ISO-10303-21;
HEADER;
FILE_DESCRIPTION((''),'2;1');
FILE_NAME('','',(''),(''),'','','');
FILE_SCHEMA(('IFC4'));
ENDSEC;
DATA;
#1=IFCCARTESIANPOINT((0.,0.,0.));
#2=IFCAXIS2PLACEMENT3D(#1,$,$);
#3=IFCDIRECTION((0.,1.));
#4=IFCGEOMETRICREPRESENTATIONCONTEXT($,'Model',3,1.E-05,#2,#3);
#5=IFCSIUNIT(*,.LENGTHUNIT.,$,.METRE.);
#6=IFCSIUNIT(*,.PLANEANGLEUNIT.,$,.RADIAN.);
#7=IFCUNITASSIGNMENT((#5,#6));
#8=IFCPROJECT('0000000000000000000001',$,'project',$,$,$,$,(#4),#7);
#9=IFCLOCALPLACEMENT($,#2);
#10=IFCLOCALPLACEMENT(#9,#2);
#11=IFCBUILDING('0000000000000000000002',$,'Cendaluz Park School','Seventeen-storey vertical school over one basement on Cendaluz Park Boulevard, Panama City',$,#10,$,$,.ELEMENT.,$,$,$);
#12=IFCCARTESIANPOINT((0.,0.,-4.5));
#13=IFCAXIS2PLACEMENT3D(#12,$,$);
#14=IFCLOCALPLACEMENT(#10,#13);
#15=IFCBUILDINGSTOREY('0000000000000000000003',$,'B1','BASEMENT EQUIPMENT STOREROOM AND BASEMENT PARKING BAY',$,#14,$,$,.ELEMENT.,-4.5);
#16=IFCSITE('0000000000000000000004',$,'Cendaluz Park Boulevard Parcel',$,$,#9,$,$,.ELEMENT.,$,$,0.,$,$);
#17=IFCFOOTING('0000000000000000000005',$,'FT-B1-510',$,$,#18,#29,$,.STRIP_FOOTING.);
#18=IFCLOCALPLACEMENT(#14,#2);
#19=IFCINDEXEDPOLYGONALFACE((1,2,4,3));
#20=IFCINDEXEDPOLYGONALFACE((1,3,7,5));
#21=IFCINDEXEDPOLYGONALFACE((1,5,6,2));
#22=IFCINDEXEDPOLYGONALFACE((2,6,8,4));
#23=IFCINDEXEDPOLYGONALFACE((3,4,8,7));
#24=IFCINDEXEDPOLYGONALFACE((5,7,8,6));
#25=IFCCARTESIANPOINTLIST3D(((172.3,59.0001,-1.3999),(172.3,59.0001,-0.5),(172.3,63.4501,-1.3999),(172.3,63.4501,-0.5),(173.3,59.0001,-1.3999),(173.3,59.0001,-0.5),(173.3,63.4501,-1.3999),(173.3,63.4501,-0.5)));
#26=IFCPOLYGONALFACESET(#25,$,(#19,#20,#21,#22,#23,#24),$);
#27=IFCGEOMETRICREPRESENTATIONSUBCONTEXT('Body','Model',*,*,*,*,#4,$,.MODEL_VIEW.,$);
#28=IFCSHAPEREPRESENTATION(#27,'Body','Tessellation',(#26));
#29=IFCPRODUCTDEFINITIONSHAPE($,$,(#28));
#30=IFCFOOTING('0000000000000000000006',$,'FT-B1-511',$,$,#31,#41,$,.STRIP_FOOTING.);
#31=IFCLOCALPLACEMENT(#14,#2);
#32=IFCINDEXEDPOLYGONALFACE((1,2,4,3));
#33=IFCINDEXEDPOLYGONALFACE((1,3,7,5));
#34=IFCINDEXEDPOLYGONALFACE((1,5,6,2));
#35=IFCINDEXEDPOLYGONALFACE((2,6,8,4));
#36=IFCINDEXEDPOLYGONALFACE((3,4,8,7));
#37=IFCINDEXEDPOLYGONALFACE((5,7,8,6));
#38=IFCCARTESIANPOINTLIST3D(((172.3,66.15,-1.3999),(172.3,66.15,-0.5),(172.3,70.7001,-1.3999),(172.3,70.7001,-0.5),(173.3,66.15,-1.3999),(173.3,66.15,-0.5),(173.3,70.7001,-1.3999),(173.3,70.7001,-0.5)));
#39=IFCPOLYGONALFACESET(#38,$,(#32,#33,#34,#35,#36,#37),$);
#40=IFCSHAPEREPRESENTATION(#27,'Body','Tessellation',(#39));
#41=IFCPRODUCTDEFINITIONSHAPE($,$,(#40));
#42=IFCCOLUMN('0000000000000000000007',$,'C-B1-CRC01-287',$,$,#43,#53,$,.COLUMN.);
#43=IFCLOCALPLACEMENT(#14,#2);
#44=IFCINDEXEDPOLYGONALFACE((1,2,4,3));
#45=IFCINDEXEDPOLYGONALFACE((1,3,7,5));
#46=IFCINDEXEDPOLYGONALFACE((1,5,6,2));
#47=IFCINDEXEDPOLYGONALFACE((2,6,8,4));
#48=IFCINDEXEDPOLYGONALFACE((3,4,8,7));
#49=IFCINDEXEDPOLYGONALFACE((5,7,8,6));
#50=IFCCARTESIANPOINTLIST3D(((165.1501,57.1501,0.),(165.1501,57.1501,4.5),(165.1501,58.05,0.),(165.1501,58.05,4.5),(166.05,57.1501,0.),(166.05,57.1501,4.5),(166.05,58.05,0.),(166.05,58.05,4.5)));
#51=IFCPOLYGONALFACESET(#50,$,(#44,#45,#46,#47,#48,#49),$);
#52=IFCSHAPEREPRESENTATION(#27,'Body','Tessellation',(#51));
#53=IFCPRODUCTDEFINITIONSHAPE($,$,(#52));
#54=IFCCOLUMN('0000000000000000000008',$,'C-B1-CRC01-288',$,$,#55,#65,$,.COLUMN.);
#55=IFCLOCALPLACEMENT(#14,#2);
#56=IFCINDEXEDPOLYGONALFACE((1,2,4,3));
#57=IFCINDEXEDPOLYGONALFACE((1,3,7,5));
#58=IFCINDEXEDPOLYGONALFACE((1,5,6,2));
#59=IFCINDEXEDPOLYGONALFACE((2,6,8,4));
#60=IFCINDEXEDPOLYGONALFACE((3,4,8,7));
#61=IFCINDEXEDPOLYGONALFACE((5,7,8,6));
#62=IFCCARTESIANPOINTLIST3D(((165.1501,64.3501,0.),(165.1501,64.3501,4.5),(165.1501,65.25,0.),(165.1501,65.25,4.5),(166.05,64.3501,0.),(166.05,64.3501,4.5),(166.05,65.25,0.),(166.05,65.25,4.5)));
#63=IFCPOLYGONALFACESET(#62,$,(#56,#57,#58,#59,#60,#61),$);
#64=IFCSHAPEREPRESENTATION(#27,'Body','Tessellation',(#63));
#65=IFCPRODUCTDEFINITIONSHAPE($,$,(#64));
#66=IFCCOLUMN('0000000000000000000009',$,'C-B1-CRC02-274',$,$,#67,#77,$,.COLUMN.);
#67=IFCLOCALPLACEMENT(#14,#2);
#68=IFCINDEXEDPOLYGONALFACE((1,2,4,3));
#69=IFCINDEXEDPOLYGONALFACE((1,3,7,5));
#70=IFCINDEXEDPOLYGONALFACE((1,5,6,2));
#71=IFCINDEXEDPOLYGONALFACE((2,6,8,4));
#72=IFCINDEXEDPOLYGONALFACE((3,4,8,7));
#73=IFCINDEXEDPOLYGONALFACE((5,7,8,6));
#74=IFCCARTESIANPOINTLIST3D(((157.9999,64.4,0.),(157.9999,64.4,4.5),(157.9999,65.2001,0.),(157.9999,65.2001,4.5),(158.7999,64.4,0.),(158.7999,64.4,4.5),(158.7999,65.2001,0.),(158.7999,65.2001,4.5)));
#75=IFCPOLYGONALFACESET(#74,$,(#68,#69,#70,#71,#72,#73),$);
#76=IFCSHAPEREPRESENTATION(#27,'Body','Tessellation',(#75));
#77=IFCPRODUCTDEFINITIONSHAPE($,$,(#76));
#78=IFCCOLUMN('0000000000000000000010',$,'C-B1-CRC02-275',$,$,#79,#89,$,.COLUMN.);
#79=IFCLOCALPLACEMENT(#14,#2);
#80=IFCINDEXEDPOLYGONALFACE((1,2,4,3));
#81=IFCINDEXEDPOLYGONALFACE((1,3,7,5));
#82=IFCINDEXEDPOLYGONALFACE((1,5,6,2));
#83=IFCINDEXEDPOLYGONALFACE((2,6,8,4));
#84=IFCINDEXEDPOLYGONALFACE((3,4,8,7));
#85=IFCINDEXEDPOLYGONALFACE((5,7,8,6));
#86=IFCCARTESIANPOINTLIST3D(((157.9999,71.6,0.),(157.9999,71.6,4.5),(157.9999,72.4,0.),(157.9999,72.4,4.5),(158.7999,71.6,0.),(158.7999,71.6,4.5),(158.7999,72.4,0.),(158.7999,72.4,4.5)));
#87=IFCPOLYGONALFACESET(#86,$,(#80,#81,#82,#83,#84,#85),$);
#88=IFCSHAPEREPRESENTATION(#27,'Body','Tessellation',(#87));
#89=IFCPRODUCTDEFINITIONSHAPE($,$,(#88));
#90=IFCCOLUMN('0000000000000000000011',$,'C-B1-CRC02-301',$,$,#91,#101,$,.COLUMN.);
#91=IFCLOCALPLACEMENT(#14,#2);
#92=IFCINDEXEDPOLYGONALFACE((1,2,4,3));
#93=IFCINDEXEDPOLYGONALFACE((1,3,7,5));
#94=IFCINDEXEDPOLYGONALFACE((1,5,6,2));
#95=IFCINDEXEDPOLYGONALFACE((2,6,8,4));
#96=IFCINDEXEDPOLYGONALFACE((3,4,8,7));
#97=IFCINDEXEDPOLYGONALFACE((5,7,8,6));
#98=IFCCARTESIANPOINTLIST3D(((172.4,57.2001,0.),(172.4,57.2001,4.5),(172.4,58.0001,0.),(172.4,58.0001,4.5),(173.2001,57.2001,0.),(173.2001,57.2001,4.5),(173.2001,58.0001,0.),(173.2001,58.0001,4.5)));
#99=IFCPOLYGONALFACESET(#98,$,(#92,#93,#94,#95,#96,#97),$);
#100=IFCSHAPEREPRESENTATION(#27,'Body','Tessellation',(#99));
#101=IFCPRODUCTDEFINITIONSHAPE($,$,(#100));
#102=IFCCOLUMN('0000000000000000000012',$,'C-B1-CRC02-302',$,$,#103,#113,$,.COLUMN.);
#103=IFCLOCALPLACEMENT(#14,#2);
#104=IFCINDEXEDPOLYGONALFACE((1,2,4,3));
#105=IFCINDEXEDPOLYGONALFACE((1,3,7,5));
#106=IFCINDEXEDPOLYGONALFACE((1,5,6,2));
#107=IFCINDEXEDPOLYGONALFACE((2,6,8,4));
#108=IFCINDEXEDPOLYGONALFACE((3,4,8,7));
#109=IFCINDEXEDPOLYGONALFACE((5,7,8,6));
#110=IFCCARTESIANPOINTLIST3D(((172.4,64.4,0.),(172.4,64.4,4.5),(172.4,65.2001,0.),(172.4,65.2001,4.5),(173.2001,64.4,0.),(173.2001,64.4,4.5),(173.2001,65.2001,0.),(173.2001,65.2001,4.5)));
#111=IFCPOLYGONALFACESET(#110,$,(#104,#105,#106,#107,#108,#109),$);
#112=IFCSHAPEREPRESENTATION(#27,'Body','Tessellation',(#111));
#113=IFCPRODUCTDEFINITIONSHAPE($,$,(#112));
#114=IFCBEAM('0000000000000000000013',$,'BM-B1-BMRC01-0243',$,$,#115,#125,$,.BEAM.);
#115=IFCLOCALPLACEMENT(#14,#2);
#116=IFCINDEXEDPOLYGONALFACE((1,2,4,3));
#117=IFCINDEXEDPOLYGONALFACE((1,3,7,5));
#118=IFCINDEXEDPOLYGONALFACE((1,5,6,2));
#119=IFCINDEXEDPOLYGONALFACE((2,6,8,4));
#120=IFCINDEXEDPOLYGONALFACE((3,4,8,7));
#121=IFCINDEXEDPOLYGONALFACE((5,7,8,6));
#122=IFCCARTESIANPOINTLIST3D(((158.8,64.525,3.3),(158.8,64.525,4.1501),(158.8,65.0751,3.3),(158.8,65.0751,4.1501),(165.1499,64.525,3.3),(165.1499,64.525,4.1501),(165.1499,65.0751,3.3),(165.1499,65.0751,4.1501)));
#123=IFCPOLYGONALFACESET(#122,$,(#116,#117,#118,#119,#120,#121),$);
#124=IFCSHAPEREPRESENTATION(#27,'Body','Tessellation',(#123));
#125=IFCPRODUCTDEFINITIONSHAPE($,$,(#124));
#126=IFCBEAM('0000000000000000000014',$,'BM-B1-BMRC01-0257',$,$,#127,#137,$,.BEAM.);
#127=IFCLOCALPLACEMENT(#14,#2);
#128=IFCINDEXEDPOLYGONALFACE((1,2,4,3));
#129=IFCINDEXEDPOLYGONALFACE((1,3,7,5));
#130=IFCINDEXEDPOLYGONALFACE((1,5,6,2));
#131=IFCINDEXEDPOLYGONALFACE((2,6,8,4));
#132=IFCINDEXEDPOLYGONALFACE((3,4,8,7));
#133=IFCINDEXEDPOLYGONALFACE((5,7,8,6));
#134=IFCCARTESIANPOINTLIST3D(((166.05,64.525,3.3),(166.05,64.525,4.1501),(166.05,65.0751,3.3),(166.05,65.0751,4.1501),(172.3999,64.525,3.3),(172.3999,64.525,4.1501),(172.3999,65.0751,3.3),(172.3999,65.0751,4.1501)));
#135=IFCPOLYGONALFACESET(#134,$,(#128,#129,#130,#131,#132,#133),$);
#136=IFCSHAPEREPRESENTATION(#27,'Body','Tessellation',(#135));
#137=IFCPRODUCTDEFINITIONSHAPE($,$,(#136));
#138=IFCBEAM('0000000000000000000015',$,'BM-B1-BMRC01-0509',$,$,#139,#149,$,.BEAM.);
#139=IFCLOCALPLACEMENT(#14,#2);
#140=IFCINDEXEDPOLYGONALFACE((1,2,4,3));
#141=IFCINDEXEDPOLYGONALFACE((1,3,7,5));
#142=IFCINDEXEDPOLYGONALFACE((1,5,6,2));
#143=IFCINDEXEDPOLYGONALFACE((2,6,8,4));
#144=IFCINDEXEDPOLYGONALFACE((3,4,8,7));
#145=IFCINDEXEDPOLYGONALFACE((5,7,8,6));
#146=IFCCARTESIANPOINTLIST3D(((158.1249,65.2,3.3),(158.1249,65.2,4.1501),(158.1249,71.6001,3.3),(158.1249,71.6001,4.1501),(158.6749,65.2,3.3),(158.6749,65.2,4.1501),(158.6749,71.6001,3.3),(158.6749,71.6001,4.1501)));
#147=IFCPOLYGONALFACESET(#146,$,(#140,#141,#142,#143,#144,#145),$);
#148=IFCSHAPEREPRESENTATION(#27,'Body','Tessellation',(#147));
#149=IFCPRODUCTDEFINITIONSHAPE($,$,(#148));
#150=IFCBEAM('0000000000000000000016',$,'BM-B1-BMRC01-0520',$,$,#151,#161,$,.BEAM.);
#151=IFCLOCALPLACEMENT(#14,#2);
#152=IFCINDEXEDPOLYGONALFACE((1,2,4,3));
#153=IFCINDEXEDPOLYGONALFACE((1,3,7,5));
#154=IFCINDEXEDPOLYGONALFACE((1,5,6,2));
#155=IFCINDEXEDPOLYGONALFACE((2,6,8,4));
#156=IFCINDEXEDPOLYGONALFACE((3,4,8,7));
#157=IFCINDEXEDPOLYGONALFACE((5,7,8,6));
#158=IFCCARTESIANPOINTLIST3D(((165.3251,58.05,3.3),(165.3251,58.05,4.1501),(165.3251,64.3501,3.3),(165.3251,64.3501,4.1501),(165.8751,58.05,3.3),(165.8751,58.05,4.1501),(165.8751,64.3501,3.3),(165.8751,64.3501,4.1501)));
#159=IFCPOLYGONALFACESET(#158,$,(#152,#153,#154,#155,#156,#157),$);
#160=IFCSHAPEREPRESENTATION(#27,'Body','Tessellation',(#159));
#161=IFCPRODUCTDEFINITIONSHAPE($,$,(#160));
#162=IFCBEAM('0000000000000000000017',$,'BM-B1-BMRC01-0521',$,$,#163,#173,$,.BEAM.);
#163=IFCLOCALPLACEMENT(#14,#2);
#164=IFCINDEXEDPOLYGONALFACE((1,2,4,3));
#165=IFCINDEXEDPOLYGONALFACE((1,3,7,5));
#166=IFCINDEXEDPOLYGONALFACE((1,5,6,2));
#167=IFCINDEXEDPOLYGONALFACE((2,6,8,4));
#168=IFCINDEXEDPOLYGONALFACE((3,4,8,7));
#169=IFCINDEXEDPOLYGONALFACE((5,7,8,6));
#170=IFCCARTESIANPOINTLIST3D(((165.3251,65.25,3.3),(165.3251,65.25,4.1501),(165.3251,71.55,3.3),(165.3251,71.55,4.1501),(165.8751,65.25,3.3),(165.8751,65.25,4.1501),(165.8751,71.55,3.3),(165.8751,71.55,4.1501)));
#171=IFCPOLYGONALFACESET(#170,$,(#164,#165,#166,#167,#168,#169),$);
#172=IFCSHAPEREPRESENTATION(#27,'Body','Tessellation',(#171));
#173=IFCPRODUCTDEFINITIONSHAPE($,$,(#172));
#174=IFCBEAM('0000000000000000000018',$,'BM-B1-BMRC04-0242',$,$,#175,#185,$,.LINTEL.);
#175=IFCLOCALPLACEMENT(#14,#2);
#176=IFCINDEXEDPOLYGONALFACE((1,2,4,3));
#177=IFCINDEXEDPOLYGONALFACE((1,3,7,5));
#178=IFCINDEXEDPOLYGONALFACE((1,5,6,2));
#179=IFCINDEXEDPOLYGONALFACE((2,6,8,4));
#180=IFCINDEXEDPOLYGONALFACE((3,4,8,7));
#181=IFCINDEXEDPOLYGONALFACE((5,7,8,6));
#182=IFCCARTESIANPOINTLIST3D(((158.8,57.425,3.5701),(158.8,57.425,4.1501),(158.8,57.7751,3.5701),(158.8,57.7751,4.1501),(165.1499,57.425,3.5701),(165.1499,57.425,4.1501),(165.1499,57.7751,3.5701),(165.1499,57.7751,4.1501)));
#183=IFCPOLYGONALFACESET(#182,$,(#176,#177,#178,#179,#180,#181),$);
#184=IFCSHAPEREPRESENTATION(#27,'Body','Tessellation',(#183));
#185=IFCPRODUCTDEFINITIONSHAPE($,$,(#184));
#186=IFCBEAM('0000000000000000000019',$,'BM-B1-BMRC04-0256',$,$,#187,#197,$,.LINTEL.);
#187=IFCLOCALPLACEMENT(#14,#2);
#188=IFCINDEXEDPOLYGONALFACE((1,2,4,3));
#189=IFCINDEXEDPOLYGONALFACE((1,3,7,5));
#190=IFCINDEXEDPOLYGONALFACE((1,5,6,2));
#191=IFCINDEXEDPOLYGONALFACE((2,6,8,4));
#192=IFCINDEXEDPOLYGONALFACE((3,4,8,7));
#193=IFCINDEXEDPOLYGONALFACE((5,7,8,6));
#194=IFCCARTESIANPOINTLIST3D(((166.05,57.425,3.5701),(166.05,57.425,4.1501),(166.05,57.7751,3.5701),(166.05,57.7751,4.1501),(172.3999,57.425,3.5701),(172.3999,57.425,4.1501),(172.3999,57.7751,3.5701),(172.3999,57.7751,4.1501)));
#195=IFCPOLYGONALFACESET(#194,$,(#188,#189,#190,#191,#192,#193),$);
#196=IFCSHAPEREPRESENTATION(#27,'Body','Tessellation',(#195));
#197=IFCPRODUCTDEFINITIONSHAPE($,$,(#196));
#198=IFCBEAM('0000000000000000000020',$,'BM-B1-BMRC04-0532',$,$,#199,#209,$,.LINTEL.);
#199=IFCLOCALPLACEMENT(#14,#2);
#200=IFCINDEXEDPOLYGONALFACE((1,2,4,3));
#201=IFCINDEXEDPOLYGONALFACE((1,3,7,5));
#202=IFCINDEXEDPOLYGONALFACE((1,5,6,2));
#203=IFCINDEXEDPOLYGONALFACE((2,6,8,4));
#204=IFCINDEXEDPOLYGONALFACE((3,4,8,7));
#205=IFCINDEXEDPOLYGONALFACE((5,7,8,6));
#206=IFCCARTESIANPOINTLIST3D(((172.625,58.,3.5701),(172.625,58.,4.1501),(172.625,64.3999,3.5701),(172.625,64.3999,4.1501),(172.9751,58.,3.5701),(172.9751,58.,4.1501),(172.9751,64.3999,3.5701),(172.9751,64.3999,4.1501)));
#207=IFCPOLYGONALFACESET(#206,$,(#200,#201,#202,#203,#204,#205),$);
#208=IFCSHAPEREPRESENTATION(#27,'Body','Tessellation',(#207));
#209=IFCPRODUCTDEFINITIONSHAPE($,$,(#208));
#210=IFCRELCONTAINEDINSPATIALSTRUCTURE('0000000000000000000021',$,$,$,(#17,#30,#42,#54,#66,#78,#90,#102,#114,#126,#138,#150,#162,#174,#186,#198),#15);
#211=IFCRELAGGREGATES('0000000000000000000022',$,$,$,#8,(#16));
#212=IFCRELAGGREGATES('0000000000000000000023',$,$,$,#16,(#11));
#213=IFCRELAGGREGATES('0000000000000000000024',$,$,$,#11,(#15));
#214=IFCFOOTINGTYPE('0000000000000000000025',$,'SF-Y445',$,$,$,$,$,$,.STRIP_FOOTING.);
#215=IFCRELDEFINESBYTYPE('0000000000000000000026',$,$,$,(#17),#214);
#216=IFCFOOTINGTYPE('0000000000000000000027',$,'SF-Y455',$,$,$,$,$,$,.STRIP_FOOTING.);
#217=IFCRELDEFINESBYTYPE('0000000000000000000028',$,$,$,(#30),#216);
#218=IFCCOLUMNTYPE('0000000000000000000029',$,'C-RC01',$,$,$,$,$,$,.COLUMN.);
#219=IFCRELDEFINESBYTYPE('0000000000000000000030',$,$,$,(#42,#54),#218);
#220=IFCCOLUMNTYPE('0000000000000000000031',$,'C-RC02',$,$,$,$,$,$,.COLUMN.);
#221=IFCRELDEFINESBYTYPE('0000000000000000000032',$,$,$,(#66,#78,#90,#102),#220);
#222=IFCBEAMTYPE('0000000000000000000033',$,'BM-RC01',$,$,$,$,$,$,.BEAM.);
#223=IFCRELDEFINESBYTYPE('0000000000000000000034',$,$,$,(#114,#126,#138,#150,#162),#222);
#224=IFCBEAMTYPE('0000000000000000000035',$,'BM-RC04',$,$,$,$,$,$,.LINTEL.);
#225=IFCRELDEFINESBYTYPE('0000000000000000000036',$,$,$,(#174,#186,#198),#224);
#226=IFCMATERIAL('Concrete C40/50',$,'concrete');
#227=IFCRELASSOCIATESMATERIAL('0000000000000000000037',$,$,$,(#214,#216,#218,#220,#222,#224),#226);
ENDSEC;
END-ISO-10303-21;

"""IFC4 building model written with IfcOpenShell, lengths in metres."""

from ifc_helpers import new_model, si_unit, direction, frame, origin, origin_2d, place, context, subcontext, project, spatial, rectangle, extrude, material, material_profile, profile_set, type_object, element, save


model = new_model("IFC4")

# Units and contexts
model_context = context("Model", 3, precision=1e-05, world=origin(), true_north=direction((0.0, 1.0)))
body_context = subcontext(model_context, "Body", "Model", "MODEL_VIEW")
ifc_project = project(units=[si_unit("LENGTHUNIT", "METRE"), si_unit("PLANEANGLEUNIT", "RADIAN")], contexts=[model_context])

# Site, building, storey
site_placement = place(None, origin())
site = spatial("IfcSite", under=ifc_project, at=site_placement, Name="Cendaluz Park Boulevard Parcel", CompositionType="ELEMENT", RefElevation=0.0)
building_placement = place(site_placement, origin())
building = spatial("IfcBuilding", under=site, at=building_placement, Name="Cendaluz Park School", Description="Seventeen-storey vertical school over one basement on Cendaluz Park Boulevard, Panama City", CompositionType="ELEMENT")
storey_placement = place(building_placement, frame((0.0, 0.0, -4.5)))
storey = spatial("IfcBuildingStorey", under=building, at=storey_placement, Name="B1", Description="BASEMENT EQUIPMENT STOREROOM AND BASEMENT PARKING BAY", CompositionType="ELEMENT", Elevation=-4.5)

# Shared definitions
ifc_material_1 = material(Name="Concrete C40/50", Category="concrete")

# Footings
footing_type_1 = type_object("IfcFootingType", Name="SF-Y445", PredefinedType="STRIP_FOOTING", material=ifc_material_1)
footing_1_placement = place(storey_placement, frame((172.8, 61.2251, -1.3999), z_axis=(0.0, 0.0, 1.0), x_axis=(1.0, 0.0, 0.0)))
element("IfcFooting", 1, at=footing_1_placement, inside=storey, type_object=footing_type_1, Name="FT-B1-510", PredefinedType="STRIP_FOOTING", context=body_context, shape_type="SweptSolid", body=[
    extrude(rectangle(XDim=1.0, YDim=4.45, at=origin_2d()), origin(), (0.0, 0.0, 1.0), 0.8999),
])
footing_type_2 = type_object("IfcFootingType", Name="SF-Y455", PredefinedType="STRIP_FOOTING", material=ifc_material_1)
footing_2_placement = place(storey_placement, frame((172.8, 68.425, -1.3999), z_axis=(0.0, 0.0, 1.0), x_axis=(1.0, 0.0, 0.0)))
element("IfcFooting", 2, at=footing_2_placement, inside=storey, type_object=footing_type_2, Name="FT-B1-511", PredefinedType="STRIP_FOOTING", context=body_context, shape_type="SweptSolid", body=[
    extrude(rectangle(XDim=1.0, YDim=4.55, at=origin_2d()), origin(), (0.0, 0.0, 1.0), 0.8999),
])

# Columns
ifc_material_profile_1 = material_profile(ifc_material_1, rectangle(XDim=0.8999, YDim=0.8999, at=origin_2d()), Name="RC 900x900", Category="concrete")
ifc_profile_set_1 = profile_set([ifc_material_profile_1], Name="Concrete C40/50")
column_type_1 = type_object("IfcColumnType", Name="C-RC01", PredefinedType="COLUMN", material=ifc_profile_set_1)
for number, where, z_axis, x_axis, name in (
    (3, (165.6001, 57.6001, 0.0), (0.0, 0.0, 1.0), (1.0, 0.0, 0.0), "C-B1-CRC01-287"),
    (4, (165.6001, 64.8, 0.0), (0.0, 0.0, 1.0), (1.0, 0.0, 0.0), "C-B1-CRC01-288"),
):
    element("IfcColumn", number, at=place(storey_placement, frame(where, z_axis=z_axis, x_axis=x_axis)), inside=storey, type_object=column_type_1, Name=name, PredefinedType="COLUMN", context=body_context, shape_type="SweptSolid", body=[
        extrude(rectangle(XDim=0.8999, YDim=0.8999, at=origin_2d()), origin(), (0.0, 0.0, 1.0), 4.5),
    ])
ifc_material_profile_2 = material_profile(ifc_material_1, rectangle(XDim=0.8, YDim=0.8, at=origin_2d()), Name="RC 800x800", Category="concrete")
ifc_profile_set_2 = profile_set([ifc_material_profile_2], Name="Concrete C40/50")
column_type_2 = type_object("IfcColumnType", Name="C-RC02", PredefinedType="COLUMN", material=ifc_profile_set_2)
for number, where, z_axis, x_axis, name in (
    (5, (158.3999, 64.8, 0.0), (0.0, 0.0, 1.0), (1.0, 0.0, 0.0), "C-B1-CRC02-274"),
    (6, (158.3999, 72.0, 0.0), (0.0, 0.0, 1.0), (1.0, 0.0, 0.0), "C-B1-CRC02-275"),
    (7, (172.8, 57.6001, 0.0), (0.0, 0.0, 1.0), (1.0, 0.0, 0.0), "C-B1-CRC02-301"),
    (8, (172.8, 64.8, 0.0), (0.0, 0.0, 1.0), (1.0, 0.0, 0.0), "C-B1-CRC02-302"),
):
    element("IfcColumn", number, at=place(storey_placement, frame(where, z_axis=z_axis, x_axis=x_axis)), inside=storey, type_object=column_type_2, Name=name, PredefinedType="COLUMN", context=body_context, shape_type="SweptSolid", body=[
        extrude(rectangle(XDim=0.8, YDim=0.8, at=origin_2d()), origin(), (0.0, 0.0, 1.0), 4.5),
    ])

# Beams
ifc_material_profile_3 = material_profile(ifc_material_1, rectangle(XDim=0.55, YDim=0.8501, at=origin_2d()), Name="RC 550x850", Category="concrete")
ifc_profile_set_3 = profile_set([ifc_material_profile_3], Name="Concrete C40/50")
beam_type_1 = type_object("IfcBeamType", Name="BM-RC01", PredefinedType="BEAM", material=ifc_profile_set_3)
for number, where, z_axis, x_axis, name in (
    (9, (158.8, 64.8, 3.7251), (1.0, 0.0, 0.0), (0.0, 1.0, 0.0), "BM-B1-BMRC01-0243"),
    (10, (166.05, 64.8, 3.7251), (1.0, 0.0, 0.0), (0.0, 1.0, 0.0), "BM-B1-BMRC01-0257"),
):
    element("IfcBeam", number, at=place(storey_placement, frame(where, z_axis=z_axis, x_axis=x_axis)), inside=storey, type_object=beam_type_1, Name=name, PredefinedType="BEAM", context=body_context, shape_type="SweptSolid", body=[
        extrude(rectangle(XDim=0.55, YDim=0.8501, at=origin_2d()), origin(), (0.0, 0.0, 1.0), 6.3499),
    ])
beam_1_placement = place(storey_placement, frame((158.3999, 65.2, 3.7251), z_axis=(0.0, 1.0, 0.0), x_axis=(-1.0, 0.0, 0.0)))
element("IfcBeam", 11, at=beam_1_placement, inside=storey, type_object=beam_type_1, Name="BM-B1-BMRC01-0509", PredefinedType="BEAM", context=body_context, shape_type="SweptSolid", body=[
    extrude(rectangle(XDim=0.55, YDim=0.8501, at=origin_2d()), origin(), (0.0, 0.0, 1.0), 6.4001),
])
for number, where, z_axis, x_axis, name in (
    (12, (165.6001, 58.05, 3.7251), (0.0, 1.0, 0.0), (-1.0, 0.0, 0.0), "BM-B1-BMRC01-0520"),
    (13, (165.6001, 65.25, 3.7251), (0.0, 1.0, 0.0), (-1.0, 0.0, 0.0), "BM-B1-BMRC01-0521"),
):
    element("IfcBeam", number, at=place(storey_placement, frame(where, z_axis=z_axis, x_axis=x_axis)), inside=storey, type_object=beam_type_1, Name=name, PredefinedType="BEAM", context=body_context, shape_type="SweptSolid", body=[
        extrude(rectangle(XDim=0.55, YDim=0.8501, at=origin_2d()), origin(), (0.0, 0.0, 1.0), 6.3),
    ])
ifc_material_profile_4 = material_profile(ifc_material_1, rectangle(XDim=0.3501, YDim=0.5801, at=origin_2d()), Name="RC 350x580", Category="concrete")
ifc_profile_set_4 = profile_set([ifc_material_profile_4], Name="Concrete C40/50")
beam_type_2 = type_object("IfcBeamType", Name="BM-RC04", PredefinedType="LINTEL", material=ifc_profile_set_4)
for number, where, z_axis, x_axis, name in (
    (14, (158.8, 57.6001, 3.8601), (1.0, 0.0, 0.0), (0.0, 1.0, 0.0), "BM-B1-BMRC04-0242"),
    (15, (166.05, 57.6001, 3.8601), (1.0, 0.0, 0.0), (0.0, 1.0, 0.0), "BM-B1-BMRC04-0256"),
):
    element("IfcBeam", number, at=place(storey_placement, frame(where, z_axis=z_axis, x_axis=x_axis)), inside=storey, type_object=beam_type_2, Name=name, PredefinedType="LINTEL", context=body_context, shape_type="SweptSolid", body=[
        extrude(rectangle(XDim=0.3501, YDim=0.5801, at=origin_2d()), origin(), (0.0, 0.0, 1.0), 6.3499),
    ])
beam_2_placement = place(storey_placement, frame((172.8, 58.0, 3.8601), z_axis=(0.0, 1.0, 0.0), x_axis=(-1.0, 0.0, 0.0)))
element("IfcBeam", 16, at=beam_2_placement, inside=storey, type_object=beam_type_2, Name="BM-B1-BMRC04-0532", PredefinedType="LINTEL", context=body_context, shape_type="SweptSolid", body=[
    extrude(rectangle(XDim=0.3501, YDim=0.5801, at=origin_2d()), origin(), (0.0, 0.0, 1.0), 6.3999),
])

save(model, "model.ifc")
